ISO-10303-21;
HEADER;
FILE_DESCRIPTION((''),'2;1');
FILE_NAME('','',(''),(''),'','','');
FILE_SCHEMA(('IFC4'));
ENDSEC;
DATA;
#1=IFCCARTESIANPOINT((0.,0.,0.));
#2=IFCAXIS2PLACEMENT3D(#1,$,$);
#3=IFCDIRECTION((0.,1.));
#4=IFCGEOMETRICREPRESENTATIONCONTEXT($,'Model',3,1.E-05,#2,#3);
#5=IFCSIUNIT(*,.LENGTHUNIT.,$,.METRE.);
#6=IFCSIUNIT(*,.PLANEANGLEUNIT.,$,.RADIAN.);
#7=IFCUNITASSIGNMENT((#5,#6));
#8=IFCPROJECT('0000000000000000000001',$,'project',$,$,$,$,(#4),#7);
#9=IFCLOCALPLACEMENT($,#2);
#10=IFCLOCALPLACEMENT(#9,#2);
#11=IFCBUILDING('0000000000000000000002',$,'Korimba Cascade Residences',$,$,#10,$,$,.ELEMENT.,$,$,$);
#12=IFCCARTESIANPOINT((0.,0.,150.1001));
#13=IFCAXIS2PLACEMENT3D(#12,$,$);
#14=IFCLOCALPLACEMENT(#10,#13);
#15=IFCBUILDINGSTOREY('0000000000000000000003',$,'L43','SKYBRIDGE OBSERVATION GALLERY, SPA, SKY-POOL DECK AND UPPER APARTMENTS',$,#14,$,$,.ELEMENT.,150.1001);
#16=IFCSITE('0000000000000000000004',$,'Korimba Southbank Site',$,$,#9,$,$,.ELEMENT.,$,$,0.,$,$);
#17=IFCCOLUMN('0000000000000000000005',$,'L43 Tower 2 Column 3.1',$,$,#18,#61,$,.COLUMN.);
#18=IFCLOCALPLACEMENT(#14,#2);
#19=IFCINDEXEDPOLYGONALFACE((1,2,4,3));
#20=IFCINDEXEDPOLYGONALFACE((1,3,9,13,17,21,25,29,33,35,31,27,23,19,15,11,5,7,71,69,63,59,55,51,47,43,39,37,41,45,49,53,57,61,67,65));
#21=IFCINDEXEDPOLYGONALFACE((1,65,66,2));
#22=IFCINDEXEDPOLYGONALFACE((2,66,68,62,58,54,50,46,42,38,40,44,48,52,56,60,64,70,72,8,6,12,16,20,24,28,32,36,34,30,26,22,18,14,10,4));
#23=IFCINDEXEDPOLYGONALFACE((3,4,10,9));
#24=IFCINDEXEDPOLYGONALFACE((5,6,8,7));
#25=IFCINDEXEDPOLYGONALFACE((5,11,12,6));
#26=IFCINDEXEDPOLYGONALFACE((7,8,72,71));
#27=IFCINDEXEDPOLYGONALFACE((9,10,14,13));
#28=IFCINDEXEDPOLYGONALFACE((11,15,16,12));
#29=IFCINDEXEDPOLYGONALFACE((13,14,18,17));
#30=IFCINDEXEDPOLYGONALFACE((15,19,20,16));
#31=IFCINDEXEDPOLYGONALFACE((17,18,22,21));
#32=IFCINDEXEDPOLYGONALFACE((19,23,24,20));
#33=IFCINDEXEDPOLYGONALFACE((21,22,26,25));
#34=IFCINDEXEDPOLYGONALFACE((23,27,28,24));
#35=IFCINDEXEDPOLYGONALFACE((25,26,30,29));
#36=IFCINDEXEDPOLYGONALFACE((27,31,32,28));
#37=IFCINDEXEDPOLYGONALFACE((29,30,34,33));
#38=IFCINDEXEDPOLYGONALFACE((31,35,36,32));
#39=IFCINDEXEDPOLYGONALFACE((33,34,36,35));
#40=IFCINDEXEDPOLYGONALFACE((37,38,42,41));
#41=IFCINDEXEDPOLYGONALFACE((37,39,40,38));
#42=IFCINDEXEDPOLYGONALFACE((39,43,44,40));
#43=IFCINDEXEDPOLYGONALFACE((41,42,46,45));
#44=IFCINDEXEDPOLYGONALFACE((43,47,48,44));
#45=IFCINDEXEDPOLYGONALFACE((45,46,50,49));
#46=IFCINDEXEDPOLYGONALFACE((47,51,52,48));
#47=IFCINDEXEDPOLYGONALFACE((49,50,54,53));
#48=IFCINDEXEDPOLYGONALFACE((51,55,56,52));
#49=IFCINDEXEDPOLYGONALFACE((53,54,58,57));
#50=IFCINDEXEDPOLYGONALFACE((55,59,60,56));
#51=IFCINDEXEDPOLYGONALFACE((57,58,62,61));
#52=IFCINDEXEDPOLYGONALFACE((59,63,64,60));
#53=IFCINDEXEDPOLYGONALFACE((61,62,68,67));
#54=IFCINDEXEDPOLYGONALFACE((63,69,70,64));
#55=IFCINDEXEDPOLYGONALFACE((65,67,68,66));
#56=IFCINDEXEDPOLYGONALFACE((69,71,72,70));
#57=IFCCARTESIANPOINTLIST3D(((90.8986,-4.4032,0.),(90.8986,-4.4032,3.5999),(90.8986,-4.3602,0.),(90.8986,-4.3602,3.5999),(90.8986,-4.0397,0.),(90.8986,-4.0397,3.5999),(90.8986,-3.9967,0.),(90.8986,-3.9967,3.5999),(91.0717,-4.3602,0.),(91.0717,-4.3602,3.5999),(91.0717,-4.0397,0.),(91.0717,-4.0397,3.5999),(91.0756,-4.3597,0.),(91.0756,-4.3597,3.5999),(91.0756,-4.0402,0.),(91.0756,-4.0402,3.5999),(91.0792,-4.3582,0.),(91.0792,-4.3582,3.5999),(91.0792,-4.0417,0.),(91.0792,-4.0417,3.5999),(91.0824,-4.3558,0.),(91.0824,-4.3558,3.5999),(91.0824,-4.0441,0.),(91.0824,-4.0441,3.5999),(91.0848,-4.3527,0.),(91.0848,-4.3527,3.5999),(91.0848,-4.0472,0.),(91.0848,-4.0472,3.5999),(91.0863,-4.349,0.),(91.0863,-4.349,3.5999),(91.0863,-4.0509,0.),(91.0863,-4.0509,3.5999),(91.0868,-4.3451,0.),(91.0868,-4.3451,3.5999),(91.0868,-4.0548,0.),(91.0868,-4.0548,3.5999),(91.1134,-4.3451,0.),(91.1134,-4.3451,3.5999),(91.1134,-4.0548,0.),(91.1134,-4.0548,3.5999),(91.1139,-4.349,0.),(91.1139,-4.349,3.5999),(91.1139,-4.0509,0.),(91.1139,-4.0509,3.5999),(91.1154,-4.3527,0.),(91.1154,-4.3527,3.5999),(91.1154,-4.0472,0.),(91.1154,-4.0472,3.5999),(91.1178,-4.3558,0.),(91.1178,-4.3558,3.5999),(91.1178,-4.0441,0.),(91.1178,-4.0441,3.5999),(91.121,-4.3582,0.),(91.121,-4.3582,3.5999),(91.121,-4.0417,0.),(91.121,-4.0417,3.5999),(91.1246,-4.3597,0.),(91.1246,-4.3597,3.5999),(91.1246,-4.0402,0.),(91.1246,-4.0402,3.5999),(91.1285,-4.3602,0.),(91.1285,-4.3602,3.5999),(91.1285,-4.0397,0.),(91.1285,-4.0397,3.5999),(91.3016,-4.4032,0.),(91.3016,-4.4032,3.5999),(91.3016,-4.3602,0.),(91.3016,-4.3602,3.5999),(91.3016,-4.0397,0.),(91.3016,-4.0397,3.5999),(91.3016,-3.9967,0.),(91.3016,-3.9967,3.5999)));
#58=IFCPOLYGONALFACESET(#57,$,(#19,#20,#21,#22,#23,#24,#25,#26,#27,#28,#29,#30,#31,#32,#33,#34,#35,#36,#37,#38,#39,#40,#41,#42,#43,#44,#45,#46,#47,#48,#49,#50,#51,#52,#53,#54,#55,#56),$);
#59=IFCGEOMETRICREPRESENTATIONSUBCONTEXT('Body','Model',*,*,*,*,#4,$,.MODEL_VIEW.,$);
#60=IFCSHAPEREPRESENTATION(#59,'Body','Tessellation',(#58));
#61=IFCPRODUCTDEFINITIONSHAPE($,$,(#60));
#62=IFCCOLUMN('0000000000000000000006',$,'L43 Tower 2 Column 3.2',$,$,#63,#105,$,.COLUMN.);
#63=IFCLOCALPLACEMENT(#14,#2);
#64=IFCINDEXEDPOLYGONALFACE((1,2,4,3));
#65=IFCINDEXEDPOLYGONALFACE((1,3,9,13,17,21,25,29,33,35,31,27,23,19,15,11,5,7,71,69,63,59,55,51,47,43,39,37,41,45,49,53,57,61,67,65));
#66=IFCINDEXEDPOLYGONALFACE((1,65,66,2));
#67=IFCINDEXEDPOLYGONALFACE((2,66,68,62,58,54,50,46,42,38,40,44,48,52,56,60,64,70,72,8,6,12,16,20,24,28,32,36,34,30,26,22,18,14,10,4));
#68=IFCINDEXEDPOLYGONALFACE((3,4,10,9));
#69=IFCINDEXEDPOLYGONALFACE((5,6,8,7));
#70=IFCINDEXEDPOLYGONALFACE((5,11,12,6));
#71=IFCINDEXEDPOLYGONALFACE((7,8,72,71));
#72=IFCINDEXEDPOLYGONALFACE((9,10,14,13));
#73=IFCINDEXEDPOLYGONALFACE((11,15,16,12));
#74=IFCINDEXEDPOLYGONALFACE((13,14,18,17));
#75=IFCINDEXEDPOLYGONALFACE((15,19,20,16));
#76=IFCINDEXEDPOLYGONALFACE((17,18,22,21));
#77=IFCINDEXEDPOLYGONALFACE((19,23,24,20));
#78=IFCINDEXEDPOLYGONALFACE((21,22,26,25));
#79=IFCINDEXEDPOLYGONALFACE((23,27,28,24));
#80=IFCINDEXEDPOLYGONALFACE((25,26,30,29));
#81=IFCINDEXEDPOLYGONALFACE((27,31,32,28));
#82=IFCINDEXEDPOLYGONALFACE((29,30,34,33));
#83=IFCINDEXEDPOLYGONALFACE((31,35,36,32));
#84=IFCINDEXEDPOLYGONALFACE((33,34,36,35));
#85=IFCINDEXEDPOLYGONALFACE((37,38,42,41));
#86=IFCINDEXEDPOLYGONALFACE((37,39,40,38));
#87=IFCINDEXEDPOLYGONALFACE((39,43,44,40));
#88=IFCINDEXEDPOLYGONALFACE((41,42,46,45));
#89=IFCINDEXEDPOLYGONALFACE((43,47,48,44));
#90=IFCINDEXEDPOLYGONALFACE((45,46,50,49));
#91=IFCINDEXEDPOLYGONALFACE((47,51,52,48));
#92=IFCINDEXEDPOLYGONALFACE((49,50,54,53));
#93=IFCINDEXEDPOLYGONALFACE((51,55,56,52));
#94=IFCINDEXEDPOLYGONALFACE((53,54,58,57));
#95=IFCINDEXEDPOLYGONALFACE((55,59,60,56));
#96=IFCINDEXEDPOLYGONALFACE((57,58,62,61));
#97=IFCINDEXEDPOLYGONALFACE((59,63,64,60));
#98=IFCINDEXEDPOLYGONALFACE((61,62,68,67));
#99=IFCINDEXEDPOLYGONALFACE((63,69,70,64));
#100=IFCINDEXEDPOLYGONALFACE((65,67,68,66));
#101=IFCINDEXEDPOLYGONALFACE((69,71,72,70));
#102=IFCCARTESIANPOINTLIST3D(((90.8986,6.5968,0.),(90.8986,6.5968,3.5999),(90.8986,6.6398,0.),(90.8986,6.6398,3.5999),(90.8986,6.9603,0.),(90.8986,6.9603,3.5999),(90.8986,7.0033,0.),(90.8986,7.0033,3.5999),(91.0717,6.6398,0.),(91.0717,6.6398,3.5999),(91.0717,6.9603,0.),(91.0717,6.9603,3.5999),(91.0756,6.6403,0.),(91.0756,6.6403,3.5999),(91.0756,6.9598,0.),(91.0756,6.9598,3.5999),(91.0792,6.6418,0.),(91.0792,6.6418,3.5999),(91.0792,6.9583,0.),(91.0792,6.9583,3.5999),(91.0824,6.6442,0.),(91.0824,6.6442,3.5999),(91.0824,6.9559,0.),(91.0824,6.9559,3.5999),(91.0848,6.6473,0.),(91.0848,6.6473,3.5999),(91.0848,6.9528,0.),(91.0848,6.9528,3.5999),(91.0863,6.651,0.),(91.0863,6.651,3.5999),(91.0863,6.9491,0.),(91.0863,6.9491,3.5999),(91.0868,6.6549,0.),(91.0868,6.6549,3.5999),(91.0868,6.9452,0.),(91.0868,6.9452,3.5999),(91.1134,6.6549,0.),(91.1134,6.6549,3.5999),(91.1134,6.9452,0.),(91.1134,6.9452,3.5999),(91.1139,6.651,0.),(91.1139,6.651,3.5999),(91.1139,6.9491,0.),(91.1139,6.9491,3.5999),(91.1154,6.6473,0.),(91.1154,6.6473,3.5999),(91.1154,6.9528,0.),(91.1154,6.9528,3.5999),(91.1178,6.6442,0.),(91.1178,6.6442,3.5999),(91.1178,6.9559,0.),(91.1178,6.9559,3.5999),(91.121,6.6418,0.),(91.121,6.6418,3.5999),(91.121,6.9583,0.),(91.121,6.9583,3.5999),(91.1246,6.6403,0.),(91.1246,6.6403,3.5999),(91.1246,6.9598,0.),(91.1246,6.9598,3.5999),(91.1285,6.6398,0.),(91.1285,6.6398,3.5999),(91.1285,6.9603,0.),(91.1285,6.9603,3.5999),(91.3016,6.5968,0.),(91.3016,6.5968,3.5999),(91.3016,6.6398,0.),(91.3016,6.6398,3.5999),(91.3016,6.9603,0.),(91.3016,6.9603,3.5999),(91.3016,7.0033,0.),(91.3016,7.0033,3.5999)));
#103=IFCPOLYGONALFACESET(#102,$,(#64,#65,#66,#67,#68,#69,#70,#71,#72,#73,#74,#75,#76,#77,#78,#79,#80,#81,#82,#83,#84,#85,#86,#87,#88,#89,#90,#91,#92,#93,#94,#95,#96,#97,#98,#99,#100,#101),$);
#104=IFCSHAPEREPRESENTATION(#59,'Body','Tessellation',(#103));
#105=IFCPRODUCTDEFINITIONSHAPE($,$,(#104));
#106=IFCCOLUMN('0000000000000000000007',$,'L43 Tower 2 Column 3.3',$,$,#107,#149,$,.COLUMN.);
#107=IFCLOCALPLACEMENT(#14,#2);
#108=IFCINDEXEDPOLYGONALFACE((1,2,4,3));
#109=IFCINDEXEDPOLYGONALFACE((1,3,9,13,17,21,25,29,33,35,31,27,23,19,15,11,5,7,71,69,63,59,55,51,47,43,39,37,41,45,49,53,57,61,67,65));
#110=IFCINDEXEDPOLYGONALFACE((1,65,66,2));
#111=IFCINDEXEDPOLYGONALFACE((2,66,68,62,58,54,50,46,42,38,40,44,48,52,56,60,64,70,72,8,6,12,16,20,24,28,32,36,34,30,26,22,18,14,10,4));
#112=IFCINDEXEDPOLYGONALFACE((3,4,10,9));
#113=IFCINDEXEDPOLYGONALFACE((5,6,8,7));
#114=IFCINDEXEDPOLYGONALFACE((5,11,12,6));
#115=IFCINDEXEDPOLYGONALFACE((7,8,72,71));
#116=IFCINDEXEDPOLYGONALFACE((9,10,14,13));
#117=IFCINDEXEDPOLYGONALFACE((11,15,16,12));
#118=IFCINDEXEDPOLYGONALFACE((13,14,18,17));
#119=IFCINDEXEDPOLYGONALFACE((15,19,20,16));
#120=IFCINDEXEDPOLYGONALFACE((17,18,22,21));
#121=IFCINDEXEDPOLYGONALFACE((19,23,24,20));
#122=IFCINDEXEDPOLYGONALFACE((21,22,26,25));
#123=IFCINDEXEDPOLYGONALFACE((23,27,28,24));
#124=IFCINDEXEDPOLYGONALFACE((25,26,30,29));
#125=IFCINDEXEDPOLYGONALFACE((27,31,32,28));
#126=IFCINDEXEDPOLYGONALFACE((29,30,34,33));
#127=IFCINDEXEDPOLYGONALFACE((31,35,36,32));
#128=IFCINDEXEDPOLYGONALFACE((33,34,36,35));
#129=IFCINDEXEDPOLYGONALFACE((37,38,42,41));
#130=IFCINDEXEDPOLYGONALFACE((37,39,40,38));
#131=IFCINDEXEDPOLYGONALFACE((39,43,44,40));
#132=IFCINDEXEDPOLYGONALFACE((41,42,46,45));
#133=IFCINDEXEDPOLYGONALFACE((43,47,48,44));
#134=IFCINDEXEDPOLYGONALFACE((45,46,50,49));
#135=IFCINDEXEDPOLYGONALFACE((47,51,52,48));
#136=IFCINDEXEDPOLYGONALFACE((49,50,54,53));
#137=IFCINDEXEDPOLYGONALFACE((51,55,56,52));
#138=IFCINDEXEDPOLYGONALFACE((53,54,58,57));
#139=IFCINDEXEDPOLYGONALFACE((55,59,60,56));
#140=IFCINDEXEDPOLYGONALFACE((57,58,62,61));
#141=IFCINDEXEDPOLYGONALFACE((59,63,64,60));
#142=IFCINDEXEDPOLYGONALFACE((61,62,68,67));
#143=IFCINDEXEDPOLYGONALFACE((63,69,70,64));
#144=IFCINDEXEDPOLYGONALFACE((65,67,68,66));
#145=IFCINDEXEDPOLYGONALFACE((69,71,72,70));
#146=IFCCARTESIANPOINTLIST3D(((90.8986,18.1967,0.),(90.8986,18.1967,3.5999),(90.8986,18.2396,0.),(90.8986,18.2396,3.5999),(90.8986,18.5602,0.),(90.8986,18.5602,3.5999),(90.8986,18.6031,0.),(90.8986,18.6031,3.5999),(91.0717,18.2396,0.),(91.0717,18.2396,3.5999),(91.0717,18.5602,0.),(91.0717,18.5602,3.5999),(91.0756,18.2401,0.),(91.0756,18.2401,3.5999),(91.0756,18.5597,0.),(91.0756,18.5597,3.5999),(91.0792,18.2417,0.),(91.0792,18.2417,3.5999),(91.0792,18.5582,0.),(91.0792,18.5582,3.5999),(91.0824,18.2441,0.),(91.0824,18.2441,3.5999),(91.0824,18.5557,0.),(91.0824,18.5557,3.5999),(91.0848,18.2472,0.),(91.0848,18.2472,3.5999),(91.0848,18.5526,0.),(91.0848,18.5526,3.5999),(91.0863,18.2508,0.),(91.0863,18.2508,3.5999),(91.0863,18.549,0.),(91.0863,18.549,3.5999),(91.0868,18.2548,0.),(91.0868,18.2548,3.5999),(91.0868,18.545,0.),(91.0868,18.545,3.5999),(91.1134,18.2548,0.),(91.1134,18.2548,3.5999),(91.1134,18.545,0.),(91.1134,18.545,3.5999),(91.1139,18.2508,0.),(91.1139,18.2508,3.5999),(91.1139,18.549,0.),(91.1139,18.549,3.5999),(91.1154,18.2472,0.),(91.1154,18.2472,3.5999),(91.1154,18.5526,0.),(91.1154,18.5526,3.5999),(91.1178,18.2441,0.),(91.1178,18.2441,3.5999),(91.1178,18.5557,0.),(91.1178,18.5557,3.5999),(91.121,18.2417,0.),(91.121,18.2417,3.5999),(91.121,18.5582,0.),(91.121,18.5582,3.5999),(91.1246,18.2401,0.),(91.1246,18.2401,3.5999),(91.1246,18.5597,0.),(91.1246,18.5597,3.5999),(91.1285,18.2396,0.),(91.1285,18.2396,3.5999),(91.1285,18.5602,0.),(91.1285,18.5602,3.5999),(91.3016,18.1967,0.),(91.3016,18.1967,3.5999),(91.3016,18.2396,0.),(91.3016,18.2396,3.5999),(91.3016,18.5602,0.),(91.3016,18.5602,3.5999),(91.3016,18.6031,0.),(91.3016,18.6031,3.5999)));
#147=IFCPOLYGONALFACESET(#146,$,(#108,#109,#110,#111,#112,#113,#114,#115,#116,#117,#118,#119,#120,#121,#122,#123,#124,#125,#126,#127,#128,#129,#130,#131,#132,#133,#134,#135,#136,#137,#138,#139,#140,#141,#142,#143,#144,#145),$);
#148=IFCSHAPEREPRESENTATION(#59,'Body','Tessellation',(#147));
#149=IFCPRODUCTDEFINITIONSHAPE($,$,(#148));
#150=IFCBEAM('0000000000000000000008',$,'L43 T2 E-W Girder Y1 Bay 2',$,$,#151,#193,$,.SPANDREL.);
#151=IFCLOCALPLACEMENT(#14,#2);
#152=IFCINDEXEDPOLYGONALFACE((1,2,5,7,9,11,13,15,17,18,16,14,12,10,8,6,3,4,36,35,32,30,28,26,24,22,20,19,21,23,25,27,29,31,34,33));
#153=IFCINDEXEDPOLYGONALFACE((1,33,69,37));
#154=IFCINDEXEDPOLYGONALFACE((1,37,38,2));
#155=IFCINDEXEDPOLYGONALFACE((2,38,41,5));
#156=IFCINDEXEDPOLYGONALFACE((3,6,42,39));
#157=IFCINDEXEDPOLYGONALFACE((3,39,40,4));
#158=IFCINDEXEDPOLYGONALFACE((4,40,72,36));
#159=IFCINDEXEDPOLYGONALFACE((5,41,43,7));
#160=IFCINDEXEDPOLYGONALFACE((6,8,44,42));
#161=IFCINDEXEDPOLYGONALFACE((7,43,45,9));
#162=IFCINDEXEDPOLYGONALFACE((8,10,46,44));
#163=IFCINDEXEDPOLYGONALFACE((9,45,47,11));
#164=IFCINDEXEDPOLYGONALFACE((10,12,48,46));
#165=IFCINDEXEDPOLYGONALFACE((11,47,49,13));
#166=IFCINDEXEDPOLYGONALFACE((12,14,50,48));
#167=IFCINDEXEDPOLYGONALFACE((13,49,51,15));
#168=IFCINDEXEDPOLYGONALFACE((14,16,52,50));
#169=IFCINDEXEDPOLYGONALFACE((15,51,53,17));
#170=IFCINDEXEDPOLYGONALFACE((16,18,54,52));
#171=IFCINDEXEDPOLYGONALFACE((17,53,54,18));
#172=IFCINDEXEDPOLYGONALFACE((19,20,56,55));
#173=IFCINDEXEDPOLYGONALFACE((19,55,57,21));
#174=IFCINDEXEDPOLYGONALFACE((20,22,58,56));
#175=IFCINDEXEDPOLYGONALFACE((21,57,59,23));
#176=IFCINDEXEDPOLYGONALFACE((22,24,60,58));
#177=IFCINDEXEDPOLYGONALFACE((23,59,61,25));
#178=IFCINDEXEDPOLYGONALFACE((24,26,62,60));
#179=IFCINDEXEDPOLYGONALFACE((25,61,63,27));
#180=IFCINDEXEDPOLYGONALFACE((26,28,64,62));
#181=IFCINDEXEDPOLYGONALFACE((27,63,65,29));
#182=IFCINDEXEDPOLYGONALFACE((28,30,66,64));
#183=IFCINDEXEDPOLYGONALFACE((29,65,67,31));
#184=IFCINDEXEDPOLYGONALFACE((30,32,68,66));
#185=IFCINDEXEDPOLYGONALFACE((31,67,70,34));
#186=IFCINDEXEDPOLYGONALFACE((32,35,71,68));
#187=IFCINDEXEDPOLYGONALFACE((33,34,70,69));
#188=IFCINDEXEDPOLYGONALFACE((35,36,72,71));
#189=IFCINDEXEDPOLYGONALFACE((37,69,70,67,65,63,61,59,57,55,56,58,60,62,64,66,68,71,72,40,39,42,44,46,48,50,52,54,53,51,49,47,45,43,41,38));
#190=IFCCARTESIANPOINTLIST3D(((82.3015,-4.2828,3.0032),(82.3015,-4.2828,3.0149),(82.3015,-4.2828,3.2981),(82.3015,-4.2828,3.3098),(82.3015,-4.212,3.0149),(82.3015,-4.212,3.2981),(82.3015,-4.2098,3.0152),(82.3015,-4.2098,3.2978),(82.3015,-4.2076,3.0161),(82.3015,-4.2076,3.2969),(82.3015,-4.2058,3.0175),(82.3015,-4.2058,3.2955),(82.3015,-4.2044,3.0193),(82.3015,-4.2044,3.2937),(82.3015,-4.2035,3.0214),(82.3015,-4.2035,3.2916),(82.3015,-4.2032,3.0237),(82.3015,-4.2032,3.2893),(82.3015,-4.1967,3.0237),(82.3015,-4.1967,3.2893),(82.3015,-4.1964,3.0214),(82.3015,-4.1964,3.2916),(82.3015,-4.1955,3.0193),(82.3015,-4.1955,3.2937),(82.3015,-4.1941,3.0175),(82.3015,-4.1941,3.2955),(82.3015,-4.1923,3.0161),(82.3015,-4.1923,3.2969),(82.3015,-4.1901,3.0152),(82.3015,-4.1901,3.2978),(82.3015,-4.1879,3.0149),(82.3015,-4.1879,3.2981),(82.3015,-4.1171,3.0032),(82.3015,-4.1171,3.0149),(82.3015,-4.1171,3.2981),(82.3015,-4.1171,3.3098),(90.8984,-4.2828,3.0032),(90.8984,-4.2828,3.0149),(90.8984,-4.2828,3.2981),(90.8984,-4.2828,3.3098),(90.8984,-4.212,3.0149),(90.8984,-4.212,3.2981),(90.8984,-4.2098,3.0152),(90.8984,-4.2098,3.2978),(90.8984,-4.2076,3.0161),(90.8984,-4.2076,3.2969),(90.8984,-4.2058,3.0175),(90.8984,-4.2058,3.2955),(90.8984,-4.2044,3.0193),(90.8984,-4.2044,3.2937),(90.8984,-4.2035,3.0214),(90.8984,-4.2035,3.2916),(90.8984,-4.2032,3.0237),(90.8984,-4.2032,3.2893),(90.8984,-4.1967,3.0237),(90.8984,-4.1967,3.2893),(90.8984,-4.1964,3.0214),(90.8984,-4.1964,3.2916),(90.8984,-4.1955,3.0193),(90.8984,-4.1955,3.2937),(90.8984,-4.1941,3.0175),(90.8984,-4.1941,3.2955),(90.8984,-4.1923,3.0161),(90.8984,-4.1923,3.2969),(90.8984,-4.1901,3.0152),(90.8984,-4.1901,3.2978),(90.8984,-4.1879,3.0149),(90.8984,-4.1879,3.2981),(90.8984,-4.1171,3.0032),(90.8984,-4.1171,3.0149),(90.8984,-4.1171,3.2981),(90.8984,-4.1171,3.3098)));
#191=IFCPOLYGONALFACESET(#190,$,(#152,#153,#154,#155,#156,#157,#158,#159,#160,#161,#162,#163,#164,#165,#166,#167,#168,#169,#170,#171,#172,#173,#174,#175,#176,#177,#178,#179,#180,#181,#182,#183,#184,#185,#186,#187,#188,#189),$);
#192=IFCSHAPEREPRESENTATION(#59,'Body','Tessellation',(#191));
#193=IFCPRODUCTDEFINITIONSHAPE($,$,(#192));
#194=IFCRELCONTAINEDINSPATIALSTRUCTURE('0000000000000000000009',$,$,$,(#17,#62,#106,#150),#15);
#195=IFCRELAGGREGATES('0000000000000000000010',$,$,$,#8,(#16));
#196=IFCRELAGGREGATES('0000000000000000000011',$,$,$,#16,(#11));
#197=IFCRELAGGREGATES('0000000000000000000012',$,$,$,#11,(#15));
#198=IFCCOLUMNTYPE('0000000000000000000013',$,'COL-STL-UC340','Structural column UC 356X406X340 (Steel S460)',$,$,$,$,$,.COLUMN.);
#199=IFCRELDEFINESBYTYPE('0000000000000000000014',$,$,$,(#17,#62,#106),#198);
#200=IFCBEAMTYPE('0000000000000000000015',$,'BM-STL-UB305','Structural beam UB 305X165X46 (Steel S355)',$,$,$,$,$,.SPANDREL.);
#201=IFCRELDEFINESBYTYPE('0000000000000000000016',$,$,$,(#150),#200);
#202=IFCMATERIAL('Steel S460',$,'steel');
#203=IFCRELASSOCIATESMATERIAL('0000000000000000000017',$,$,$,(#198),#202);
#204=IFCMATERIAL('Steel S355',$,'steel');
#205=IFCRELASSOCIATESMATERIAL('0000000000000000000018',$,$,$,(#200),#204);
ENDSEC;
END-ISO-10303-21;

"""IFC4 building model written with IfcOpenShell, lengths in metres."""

from ifc_helpers import new_model, si_unit, direction, frame, origin, origin_2d, place, context, subcontext, project, spatial, i_section, extrude, material, material_profile, profile_set, type_object, element, save


model = new_model("IFC4")

# Units and contexts
model_context = context("Model", 3, precision=1e-05, world=origin(), true_north=direction((0.0, 1.0)))
body_context = subcontext(model_context, "Body", "Model", "MODEL_VIEW")
ifc_project = project(units=[si_unit("LENGTHUNIT", "METRE"), si_unit("PLANEANGLEUNIT", "RADIAN")], contexts=[model_context])

# Site, building, storey
site_placement = place(None, origin())
site = spatial("IfcSite", under=ifc_project, at=site_placement, Name="Korimba Southbank Site", CompositionType="ELEMENT", RefElevation=0.0)
building_placement = place(site_placement, origin())
building = spatial("IfcBuilding", under=site, at=building_placement, Name="Korimba Cascade Residences", CompositionType="ELEMENT")
storey_placement = place(building_placement, frame((0.0, 0.0, 150.1001)))
storey = spatial("IfcBuildingStorey", under=building, at=storey_placement, Name="L43", Description="SKYBRIDGE OBSERVATION GALLERY, SPA, SKY-POOL DECK AND UPPER APARTMENTS", CompositionType="ELEMENT", Elevation=150.1001)

# Columns
ifc_material_1 = material(Name="Steel S460", Category="steel")
ifc_material_profile_1 = material_profile(ifc_material_1, i_section(OverallWidth=0.4031, OverallDepth=0.4065, WebThickness=0.0266, FlangeThickness=0.043, FilletRadius=0.0151, at=origin_2d()), Name="Steel S460")
ifc_profile_set_1 = profile_set([ifc_material_profile_1], Name="Steel S460")
column_type = type_object("IfcColumnType", Name="COL-STL-UC340", Description="Structural column UC 356X406X340 (Steel S460)", PredefinedType="COLUMN", material=ifc_profile_set_1)
for number, where, z_axis, x_axis, name in (
    (1, (91.1001, -4.2, 0.0), (0.0, 0.0, 1.0), (1.0, 0.0, 0.0), "L43 Tower 2 Column 3.1"),
    (2, (91.1001, 6.8, 0.0), (0.0, 0.0, 1.0), (1.0, 0.0, 0.0), "L43 Tower 2 Column 3.2"),
    (3, (91.1001, 18.3999, 0.0), (0.0, 0.0, 1.0), (1.0, 0.0, 0.0), "L43 Tower 2 Column 3.3"),
):
    element("IfcColumn", number, at=place(storey_placement, frame(where, z_axis=z_axis, x_axis=x_axis)), inside=storey, type_object=column_type, Name=name, PredefinedType="COLUMN", context=body_context, shape_type="SweptSolid", body=[
        extrude(i_section(OverallWidth=0.4031, OverallDepth=0.4065, WebThickness=0.0266, FlangeThickness=0.043, FilletRadius=0.0151, at=origin_2d()), origin(), (0.0, 0.0, 1.0), 3.5999),
    ])

# Beam
ifc_material_2 = material(Name="Steel S355", Category="steel")
ifc_material_profile_2 = material_profile(ifc_material_2, i_section(OverallWidth=0.1658, OverallDepth=0.3066, WebThickness=0.0066, FlangeThickness=0.0117, FilletRadius=0.0088, at=origin_2d()), Name="Steel S355")
ifc_profile_set_2 = profile_set([ifc_material_profile_2], Name="Steel S355")
beam_type_1 = type_object("IfcBeamType", Name="BM-STL-UB305", Description="Structural beam UB 305X165X46 (Steel S355)", PredefinedType="SPANDREL", material=ifc_profile_set_2)
for number, where, z_axis, x_axis, name in (
    (4, (82.3015, -4.2, 3.1565), (1.0, 0.0, 0.0), (0.0, 1.0, 0.0), "L43 T2 E-W Girder Y1 Bay 2"),
):
    element("IfcBeam", number, at=place(storey_placement, frame(where, z_axis=z_axis, x_axis=x_axis)), inside=storey, type_object=beam_type_1, Name=name, PredefinedType="SPANDREL", context=body_context, shape_type="SweptSolid", body=[
        extrude(i_section(OverallWidth=0.1658, OverallDepth=0.3066, WebThickness=0.0066, FlangeThickness=0.0117, FilletRadius=0.0088, at=origin_2d()), origin(), (0.0, 0.0, 1.0), 8.5969),
    ])

save(model, "model.ifc")
